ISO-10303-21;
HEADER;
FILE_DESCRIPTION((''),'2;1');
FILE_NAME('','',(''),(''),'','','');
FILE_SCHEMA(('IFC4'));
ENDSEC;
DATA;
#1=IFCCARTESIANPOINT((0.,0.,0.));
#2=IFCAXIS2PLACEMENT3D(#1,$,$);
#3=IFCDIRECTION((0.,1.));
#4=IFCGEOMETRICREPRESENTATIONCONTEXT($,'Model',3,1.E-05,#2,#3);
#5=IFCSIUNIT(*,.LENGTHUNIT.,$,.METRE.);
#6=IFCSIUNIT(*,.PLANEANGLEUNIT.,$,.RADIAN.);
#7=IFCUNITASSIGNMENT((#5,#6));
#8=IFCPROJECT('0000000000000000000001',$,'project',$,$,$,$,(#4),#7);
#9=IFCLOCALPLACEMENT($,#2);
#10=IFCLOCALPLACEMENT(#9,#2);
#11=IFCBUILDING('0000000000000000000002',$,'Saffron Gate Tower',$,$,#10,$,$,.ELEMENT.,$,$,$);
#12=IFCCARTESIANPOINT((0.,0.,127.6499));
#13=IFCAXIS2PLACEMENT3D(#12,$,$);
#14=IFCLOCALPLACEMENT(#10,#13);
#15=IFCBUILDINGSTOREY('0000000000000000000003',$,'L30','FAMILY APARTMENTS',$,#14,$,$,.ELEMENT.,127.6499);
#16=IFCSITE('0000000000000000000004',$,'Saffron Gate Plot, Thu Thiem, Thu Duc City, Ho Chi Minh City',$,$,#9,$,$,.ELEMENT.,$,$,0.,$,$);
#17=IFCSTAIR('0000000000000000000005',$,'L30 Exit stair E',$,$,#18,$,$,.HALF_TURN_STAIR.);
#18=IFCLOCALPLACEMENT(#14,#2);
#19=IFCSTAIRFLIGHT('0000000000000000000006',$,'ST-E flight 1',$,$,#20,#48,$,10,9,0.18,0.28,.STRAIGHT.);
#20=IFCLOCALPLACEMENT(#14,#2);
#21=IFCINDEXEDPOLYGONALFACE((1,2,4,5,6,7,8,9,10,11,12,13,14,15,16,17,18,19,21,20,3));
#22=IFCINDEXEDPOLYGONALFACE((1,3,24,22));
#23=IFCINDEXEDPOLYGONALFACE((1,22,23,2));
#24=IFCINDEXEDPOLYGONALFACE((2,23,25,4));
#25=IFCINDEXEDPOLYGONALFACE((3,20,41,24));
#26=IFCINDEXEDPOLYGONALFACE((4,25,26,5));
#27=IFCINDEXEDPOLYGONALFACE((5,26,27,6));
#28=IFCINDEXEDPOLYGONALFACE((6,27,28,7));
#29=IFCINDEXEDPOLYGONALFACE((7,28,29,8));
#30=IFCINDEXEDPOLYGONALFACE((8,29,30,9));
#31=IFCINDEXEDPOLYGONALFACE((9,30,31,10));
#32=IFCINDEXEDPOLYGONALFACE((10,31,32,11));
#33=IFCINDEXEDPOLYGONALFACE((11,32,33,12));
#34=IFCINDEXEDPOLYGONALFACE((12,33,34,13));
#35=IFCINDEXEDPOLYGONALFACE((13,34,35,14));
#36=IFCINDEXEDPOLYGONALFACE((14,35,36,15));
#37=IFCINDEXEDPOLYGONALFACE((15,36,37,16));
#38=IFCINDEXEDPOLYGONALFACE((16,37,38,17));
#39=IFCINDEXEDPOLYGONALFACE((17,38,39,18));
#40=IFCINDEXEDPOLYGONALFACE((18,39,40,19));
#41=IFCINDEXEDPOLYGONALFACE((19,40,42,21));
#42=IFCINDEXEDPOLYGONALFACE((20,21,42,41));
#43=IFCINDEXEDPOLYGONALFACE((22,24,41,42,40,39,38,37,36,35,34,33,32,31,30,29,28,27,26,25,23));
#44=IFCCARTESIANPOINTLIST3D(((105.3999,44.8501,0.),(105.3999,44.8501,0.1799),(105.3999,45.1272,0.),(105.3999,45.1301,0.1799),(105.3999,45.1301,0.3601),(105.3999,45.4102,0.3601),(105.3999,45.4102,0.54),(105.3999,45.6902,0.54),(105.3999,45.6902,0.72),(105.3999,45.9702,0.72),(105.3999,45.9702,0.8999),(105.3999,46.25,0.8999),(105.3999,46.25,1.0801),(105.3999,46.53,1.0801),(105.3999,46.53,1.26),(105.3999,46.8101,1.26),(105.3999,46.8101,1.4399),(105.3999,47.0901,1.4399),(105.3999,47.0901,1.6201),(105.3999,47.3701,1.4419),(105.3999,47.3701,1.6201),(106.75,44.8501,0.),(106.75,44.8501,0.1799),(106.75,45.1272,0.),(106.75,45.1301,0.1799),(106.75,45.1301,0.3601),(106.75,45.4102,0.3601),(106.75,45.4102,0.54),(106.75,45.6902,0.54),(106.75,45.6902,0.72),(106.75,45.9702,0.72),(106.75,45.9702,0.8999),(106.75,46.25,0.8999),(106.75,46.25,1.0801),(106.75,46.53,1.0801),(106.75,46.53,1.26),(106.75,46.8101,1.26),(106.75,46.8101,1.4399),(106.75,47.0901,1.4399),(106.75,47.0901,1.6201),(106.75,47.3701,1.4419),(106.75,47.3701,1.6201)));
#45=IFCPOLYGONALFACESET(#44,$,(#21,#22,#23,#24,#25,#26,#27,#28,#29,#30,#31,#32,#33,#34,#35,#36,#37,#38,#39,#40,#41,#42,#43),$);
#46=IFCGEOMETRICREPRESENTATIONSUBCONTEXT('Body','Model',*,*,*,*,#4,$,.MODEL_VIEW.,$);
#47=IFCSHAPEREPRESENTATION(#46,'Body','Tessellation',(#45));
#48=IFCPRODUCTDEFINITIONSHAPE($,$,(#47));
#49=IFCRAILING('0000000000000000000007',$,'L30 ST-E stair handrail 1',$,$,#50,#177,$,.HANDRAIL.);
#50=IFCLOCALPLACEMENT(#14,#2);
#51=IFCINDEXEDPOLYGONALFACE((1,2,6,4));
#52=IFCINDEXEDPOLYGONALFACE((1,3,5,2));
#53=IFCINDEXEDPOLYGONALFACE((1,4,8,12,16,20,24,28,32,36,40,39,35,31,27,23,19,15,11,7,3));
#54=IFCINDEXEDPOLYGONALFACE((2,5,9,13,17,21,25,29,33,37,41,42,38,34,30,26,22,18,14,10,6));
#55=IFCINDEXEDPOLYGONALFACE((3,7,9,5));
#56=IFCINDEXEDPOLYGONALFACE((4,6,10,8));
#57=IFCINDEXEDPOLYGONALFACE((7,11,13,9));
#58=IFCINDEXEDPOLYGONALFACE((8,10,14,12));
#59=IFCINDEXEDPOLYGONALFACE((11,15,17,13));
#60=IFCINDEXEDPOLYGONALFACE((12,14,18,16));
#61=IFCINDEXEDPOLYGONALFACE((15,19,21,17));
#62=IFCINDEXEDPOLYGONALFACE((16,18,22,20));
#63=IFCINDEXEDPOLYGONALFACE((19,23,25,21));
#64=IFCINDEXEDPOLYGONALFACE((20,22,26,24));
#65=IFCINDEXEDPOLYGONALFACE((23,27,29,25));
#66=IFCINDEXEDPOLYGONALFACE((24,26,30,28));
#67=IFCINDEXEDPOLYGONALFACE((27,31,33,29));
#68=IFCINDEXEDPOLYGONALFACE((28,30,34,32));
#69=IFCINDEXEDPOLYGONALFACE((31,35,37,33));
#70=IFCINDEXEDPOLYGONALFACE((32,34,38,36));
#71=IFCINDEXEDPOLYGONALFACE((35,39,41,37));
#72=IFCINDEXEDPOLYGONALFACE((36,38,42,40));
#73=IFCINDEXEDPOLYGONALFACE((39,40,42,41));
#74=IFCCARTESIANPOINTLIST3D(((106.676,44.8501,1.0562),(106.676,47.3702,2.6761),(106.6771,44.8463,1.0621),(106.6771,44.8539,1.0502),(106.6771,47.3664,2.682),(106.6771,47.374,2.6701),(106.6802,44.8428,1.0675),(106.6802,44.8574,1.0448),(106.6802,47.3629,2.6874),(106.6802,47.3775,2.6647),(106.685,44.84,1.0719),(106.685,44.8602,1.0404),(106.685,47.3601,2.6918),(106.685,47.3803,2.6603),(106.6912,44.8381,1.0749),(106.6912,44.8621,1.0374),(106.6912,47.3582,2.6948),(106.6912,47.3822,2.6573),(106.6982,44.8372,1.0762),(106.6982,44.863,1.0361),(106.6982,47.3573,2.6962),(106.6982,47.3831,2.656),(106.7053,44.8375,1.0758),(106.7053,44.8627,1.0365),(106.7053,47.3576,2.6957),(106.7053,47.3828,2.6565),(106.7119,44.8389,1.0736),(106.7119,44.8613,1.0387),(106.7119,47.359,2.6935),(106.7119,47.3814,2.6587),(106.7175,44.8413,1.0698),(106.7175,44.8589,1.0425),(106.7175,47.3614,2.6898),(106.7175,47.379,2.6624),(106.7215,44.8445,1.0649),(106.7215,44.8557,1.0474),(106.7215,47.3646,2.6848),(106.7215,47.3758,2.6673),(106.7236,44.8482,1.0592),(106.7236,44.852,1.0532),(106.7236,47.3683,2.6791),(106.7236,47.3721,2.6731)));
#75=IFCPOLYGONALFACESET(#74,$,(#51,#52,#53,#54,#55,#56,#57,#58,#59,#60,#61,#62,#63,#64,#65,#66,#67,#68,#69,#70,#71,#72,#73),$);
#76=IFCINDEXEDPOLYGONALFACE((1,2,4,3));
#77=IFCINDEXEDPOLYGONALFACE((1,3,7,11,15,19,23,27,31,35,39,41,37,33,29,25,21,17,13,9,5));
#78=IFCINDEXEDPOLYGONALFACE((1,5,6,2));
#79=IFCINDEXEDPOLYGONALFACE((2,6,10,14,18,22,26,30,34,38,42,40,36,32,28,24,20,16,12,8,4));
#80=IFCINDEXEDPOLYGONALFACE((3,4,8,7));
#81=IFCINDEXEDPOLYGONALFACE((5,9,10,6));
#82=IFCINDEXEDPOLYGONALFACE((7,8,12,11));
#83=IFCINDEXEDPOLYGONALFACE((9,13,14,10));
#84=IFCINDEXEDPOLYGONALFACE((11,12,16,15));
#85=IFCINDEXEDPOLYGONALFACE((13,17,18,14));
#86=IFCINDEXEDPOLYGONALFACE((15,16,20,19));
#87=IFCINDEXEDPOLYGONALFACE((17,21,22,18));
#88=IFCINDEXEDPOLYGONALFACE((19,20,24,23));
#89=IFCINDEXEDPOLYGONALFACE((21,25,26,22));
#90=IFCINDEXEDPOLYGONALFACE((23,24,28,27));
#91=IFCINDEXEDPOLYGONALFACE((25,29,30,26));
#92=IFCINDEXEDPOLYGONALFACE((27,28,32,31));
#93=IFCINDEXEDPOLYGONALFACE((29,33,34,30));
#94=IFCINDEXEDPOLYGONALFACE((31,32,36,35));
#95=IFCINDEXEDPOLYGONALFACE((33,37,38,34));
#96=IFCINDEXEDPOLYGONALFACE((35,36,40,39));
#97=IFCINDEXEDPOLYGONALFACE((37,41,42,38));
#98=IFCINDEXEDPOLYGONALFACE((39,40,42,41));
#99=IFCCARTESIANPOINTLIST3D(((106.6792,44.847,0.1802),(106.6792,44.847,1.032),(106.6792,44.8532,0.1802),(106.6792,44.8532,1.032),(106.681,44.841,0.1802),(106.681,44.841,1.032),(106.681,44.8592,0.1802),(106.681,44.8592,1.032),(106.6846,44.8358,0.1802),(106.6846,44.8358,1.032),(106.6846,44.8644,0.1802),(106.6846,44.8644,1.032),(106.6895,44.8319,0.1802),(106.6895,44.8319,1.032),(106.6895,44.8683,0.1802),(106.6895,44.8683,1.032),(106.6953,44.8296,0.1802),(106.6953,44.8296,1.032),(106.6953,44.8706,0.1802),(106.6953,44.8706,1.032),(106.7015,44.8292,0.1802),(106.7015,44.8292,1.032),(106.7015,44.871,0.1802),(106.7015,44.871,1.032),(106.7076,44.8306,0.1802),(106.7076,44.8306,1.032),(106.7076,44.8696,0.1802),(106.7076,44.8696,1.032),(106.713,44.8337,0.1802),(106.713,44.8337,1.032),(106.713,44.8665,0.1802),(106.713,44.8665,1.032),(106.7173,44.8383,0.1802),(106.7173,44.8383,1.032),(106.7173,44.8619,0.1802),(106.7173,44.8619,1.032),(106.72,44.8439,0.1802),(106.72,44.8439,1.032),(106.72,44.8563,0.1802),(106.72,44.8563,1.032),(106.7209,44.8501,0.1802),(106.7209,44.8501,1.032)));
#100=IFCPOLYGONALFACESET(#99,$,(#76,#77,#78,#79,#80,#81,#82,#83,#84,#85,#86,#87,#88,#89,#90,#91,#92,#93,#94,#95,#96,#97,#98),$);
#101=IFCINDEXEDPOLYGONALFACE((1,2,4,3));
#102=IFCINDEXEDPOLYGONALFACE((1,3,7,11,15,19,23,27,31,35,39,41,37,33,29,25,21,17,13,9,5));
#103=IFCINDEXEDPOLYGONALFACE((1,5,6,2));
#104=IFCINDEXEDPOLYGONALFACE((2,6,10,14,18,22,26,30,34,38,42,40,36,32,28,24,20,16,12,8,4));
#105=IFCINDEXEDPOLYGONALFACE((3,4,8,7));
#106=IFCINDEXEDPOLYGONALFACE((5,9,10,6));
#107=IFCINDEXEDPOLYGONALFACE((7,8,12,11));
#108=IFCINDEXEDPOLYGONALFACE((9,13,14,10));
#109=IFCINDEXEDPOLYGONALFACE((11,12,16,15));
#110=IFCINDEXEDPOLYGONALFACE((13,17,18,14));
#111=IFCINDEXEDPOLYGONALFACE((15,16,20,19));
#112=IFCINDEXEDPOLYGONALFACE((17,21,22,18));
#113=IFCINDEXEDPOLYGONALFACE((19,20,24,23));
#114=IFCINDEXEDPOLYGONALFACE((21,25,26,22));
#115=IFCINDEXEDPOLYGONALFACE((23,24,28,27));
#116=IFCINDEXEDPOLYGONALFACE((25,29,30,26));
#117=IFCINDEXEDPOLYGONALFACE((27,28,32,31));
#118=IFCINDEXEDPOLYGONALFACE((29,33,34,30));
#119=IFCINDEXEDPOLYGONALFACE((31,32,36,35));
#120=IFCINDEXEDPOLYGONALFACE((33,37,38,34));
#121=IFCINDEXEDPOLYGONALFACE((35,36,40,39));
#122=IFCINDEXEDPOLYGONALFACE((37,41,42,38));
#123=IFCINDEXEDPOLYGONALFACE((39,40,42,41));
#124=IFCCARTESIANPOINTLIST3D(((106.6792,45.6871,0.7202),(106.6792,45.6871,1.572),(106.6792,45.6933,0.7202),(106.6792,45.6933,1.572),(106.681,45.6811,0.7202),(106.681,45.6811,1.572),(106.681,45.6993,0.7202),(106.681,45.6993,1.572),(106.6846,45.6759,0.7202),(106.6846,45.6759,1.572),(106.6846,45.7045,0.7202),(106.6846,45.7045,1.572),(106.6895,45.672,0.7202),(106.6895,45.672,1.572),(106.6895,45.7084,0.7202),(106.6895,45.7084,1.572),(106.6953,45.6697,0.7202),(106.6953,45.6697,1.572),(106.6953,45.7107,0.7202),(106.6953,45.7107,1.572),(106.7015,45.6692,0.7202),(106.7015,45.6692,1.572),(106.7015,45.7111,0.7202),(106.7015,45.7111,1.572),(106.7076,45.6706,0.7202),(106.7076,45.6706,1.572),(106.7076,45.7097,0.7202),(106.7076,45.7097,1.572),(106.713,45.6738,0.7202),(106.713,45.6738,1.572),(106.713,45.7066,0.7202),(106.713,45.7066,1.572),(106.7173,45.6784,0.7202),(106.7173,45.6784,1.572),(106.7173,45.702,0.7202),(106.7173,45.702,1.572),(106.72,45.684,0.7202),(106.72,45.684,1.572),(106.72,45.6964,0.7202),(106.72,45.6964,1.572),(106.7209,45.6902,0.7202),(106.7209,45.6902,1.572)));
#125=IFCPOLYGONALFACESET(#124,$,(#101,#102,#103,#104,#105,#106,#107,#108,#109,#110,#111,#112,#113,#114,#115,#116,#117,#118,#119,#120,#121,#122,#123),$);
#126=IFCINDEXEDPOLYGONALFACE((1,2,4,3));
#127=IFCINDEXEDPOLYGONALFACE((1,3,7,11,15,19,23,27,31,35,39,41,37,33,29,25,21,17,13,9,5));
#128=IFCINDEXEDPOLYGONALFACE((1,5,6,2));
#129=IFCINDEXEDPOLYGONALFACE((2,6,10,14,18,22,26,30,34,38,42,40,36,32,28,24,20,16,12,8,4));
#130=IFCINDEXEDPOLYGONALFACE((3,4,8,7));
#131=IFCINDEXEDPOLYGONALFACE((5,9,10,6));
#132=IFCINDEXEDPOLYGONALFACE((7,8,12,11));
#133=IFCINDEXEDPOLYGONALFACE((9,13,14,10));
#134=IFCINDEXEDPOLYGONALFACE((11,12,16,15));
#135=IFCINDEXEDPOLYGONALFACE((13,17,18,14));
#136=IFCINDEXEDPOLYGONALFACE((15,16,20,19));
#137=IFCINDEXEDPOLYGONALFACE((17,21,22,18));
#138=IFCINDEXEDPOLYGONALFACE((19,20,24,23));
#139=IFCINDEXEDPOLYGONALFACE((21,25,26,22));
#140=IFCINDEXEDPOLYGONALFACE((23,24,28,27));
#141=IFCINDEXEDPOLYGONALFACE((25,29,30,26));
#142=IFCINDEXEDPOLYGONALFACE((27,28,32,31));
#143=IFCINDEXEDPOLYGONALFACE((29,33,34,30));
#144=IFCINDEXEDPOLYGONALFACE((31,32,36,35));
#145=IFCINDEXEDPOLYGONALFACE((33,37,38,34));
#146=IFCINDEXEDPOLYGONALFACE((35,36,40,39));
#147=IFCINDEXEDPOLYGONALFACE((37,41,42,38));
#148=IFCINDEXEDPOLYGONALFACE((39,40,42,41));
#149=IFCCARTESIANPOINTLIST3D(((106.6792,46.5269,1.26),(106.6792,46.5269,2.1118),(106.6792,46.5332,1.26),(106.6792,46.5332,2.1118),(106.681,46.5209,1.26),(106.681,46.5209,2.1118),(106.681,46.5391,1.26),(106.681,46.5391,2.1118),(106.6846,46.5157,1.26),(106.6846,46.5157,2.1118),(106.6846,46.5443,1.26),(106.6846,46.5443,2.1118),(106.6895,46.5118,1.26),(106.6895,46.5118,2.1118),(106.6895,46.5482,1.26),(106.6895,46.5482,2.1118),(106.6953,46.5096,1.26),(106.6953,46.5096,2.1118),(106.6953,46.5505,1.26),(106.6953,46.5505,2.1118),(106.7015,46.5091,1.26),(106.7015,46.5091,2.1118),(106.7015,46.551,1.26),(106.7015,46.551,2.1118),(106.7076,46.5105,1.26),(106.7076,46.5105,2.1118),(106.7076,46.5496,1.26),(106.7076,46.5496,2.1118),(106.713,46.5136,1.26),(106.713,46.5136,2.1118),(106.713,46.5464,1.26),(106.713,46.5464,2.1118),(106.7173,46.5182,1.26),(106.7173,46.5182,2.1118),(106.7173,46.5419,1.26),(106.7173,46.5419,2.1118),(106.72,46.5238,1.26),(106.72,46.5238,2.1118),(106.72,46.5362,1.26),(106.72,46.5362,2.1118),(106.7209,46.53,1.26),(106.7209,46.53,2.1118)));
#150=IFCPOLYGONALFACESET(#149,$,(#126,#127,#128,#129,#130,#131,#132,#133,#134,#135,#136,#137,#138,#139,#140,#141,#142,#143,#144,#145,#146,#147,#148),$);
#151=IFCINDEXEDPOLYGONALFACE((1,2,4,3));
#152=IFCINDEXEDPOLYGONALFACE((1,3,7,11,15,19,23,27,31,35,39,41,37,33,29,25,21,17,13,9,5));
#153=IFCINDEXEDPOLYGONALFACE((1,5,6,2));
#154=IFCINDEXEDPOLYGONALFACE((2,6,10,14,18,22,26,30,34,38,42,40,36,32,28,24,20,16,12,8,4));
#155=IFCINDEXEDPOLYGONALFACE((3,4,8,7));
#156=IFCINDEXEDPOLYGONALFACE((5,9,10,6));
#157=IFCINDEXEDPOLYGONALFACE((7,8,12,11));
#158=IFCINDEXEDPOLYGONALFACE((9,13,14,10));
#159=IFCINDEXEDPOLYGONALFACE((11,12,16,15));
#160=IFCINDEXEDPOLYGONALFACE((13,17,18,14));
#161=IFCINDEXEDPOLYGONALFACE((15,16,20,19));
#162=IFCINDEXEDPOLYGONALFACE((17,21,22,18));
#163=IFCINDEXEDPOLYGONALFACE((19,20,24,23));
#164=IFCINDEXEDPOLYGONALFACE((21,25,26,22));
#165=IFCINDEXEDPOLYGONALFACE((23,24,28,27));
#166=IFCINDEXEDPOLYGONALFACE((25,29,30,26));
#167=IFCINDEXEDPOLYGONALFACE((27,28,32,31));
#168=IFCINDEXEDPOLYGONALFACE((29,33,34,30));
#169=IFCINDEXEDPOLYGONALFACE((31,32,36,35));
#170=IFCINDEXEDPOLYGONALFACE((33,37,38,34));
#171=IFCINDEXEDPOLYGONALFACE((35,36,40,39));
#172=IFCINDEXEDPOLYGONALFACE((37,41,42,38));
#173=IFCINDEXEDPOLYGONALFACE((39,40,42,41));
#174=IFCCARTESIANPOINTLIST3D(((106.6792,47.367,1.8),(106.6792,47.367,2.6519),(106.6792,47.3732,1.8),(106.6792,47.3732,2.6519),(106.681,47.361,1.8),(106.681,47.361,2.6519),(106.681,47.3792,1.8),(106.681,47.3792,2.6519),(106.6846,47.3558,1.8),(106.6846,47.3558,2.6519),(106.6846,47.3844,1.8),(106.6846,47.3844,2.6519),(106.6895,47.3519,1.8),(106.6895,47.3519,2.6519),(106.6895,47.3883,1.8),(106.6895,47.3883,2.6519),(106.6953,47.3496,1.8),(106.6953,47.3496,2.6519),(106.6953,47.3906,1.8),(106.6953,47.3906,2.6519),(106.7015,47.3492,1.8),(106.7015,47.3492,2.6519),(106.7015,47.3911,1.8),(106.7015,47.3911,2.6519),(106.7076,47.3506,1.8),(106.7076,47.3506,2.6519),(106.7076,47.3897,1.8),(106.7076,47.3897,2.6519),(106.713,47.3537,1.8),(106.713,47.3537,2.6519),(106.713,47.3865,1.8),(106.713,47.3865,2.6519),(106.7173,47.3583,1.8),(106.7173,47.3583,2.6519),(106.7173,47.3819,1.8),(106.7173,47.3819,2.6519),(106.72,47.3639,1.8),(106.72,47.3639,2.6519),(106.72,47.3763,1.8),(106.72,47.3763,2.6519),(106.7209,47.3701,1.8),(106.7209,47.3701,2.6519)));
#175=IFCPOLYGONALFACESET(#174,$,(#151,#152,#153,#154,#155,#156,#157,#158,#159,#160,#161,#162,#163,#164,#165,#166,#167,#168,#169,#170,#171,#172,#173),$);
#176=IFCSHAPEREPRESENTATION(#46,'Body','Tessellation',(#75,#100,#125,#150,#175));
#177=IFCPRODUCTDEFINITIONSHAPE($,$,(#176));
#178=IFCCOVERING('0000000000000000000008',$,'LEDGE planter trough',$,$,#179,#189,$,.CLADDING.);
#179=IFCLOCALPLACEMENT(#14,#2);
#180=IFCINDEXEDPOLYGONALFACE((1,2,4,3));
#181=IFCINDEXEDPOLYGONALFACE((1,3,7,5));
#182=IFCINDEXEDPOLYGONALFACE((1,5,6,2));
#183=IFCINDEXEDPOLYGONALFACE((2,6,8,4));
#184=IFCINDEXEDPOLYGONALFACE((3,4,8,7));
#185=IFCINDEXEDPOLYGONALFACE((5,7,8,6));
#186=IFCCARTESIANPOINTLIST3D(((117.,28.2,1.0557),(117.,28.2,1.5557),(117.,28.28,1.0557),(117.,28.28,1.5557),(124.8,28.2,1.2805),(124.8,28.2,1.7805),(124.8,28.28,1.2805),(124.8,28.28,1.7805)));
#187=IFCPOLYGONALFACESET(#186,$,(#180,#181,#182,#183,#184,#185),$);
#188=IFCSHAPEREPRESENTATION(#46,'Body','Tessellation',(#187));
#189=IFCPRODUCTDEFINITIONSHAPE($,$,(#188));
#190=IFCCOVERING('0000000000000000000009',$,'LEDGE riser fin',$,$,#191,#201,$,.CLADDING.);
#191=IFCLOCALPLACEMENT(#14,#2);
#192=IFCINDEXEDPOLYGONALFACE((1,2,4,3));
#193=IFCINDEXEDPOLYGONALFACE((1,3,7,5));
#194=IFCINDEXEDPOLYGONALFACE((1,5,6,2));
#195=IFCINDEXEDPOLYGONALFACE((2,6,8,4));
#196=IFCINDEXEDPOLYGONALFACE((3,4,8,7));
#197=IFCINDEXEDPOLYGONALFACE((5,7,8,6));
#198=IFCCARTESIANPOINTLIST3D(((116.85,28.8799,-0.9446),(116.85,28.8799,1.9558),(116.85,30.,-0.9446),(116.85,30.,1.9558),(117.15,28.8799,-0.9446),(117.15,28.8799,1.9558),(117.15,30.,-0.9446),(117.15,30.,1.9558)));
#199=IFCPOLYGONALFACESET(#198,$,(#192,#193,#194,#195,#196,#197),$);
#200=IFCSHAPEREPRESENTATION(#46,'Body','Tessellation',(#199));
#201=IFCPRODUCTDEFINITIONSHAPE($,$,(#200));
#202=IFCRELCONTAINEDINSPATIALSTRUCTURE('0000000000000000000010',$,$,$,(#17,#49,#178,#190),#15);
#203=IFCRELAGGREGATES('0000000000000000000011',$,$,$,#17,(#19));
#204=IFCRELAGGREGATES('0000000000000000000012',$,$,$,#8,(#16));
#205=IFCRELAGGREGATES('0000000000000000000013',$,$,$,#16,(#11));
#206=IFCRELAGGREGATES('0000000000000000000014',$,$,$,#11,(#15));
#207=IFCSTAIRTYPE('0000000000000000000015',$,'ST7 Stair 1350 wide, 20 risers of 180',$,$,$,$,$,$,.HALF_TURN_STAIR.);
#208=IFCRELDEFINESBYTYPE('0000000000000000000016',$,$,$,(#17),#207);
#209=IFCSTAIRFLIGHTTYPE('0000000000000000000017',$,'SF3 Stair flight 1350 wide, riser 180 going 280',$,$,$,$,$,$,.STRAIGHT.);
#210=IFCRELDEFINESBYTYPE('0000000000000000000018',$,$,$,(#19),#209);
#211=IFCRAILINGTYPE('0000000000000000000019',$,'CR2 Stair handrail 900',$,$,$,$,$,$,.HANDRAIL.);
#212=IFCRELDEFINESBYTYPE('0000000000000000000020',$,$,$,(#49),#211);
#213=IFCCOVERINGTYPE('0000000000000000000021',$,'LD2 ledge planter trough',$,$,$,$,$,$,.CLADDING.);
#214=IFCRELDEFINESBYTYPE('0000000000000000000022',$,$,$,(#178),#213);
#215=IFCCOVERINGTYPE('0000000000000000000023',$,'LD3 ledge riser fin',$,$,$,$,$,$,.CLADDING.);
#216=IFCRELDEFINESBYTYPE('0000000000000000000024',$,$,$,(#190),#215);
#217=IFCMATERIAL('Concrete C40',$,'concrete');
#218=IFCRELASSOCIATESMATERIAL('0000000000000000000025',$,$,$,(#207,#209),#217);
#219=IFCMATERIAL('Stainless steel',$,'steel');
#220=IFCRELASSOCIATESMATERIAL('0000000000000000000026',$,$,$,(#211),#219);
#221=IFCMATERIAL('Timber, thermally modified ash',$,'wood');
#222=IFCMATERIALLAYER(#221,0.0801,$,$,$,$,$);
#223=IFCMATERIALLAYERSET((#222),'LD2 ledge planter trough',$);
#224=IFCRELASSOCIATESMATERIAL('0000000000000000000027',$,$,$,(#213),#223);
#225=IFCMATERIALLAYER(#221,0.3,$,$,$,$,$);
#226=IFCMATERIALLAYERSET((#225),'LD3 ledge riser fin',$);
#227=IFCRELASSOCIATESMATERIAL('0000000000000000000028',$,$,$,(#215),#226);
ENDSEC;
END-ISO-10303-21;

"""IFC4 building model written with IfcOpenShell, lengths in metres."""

from ifc_helpers import new_model, si_unit, direction, frame, origin, origin_2d, place, context, subcontext, project, spatial, polyline, rectangle, circle, outline, extrude, material, layer, layer_set, type_object, element, aggregate, save


model = new_model("IFC4")

# Units and contexts
model_context = context("Model", 3, precision=1e-05, world=origin(), true_north=direction((0.0, 1.0)))
body_context = subcontext(model_context, "Body", "Model", "MODEL_VIEW")
ifc_project = project(units=[si_unit("LENGTHUNIT", "METRE"), si_unit("PLANEANGLEUNIT", "RADIAN")], contexts=[model_context])

# Site, building, storey
site_placement = place(None, origin())
site = spatial("IfcSite", under=ifc_project, at=site_placement, Name="Saffron Gate Plot, Thu Thiem, Thu Duc City, Ho Chi Minh City", CompositionType="ELEMENT", RefElevation=0.0)
building_placement = place(site_placement, origin())
building = spatial("IfcBuilding", under=site, at=building_placement, Name="Saffron Gate Tower", CompositionType="ELEMENT")
storey_placement = place(building_placement, frame((0.0, 0.0, 127.6499)))
storey = spatial("IfcBuildingStorey", under=building, at=storey_placement, Name="L30", Description="FAMILY APARTMENTS", CompositionType="ELEMENT", Elevation=127.6499)

# Stair, stair flight
ifc_material_1 = material(Name="Concrete C40", Category="concrete")
stair_type = type_object("IfcStairType", Name="ST7 Stair 1350 wide, 20 risers of 180", PredefinedType="HALF_TURN_STAIR", material=ifc_material_1)
stair_placement = place(storey_placement, origin())
stair = element("IfcStair", 1, at=stair_placement, inside=storey, type_object=stair_type, Name="L30 Exit stair E", PredefinedType="HALF_TURN_STAIR")
stair_flight_type = type_object("IfcStairFlightType", Name="SF3 Stair flight 1350 wide, riser 180 going 280", PredefinedType="STRAIGHT", material=ifc_material_1)
stair_flight_placement = place(storey_placement, frame((106.075, 44.8501, 0.0), z_axis=(0.0, 0.0, 1.0), x_axis=(0.0, 1.0, 0.0)))
stair_flight = element("IfcStairFlight", 2, at=stair_flight_placement, type_object=stair_flight_type, Name="ST-E flight 1", NumberOfRisers=10, NumberOfTreads=9, PredefinedType="STRAIGHT", RiserHeight=0.18, TreadLength=0.28, context=body_context, shape_type="SweptSolid", body=[
    extrude(outline(polyline([(0.0, 0.0), (0.0, 0.1799), (0.28, 0.1799), (0.28, 0.3601), (0.5601, 0.3601), (0.5601, 0.54), (0.8401, 0.54), (0.8401, 0.72), (1.1201, 0.72), (1.1201, 0.8999), (1.3999, 0.8999), (1.3999, 1.0801), (1.6799, 1.0801), (1.6799, 1.26), (1.96, 1.26), (1.96, 1.4399), (2.24, 1.4399), (2.24, 1.6201), (2.52, 1.6201), (2.52, 1.8), (2.52, 1.4419), (0.2771, 0.0), (0.0, 0.0)])), frame((0.0, 0.675, 0.0), z_axis=(0.0, -1.0, 0.0), x_axis=(1.0, 0.0, 0.0)), (0.0, 0.0, 1.0), 1.3501),
])
aggregate(stair, [stair_flight])

# Railing
ifc_material_2 = material(Name="Stainless steel", Category="steel")
railing_type_1 = type_object("IfcRailingType", Name="CR2 Stair handrail 900", PredefinedType="HANDRAIL", material=ifc_material_2)
railing_1_placement = place(storey_placement, frame((106.7, 44.8501, 0.1802)))
element("IfcRailing", 3, at=railing_1_placement, inside=storey, type_object=railing_type_1, Name="L30 ST-E stair handrail 1", PredefinedType="HANDRAIL", context=body_context, shape_type="SweptSolid", body=[
    extrude(circle(Radius=0.0239, at=origin_2d()), frame((0.0, 0.0, 0.876), z_axis=(0.0, 0.8412, 0.540725), x_axis=(-1.0, 0.0, 0.0)), (0.0, 0.0, 1.0), 2.9958),
    extrude(circle(Radius=0.021, at=origin_2d()), origin(), (0.0, 0.0, 1.0), 0.8518),
    extrude(circle(Radius=0.021, at=origin_2d()), frame((0.0, 0.8401, 0.54)), (0.0, 0.0, 1.0), 0.8518),
    extrude(circle(Radius=0.021, at=origin_2d()), frame((0.0, 1.6799, 1.0798)), (0.0, 0.0, 1.0), 0.8518),
    extrude(circle(Radius=0.021, at=origin_2d()), frame((0.0, 2.52, 1.6199)), (0.0, 0.0, 1.0), 0.8518),
])

# Coverings
ifc_material_3 = material(Name="Timber, thermally modified ash", Category="wood")
ifc_layer_1 = layer(ifc_material_3, 0.0801)
ifc_layer_set_1 = layer_set([ifc_layer_1], Name="LD2 ledge planter trough")
covering_type_1 = type_object("IfcCoveringType", Name="LD2 ledge planter trough", PredefinedType="CLADDING", material=ifc_layer_set_1)
covering_1_placement = place(storey_placement, frame((117.0, 28.2, 1.0557), z_axis=(0.0, -1.0, 0.0), x_axis=(0.999585, 0.0, 0.028815)))
element("IfcCovering", 4, at=covering_1_placement, inside=storey, type_object=covering_type_1, Name="LEDGE planter trough", PredefinedType="CLADDING", context=body_context, shape_type="SweptSolid", body=[
    extrude(outline(polyline([(0.0, 0.0), (7.8033, 0.0), (7.8177, 0.4998), (0.0144, 0.4998), (0.0, 0.0)])), origin(), (0.0, 0.0, -1.0), 0.0801),
])
ifc_layer_2 = layer(ifc_material_3, 0.3)
ifc_layer_set_2 = layer_set([ifc_layer_2], Name="LD3 ledge riser fin")
covering_type_2 = type_object("IfcCoveringType", Name="LD3 ledge riser fin", PredefinedType="CLADDING", material=ifc_layer_set_2)
covering_2_placement = place(storey_placement, frame((117.0, 29.4399, -0.9446), z_axis=(0.0, 0.0, 1.0), x_axis=(1.0, 0.0, 0.0)))
element("IfcCovering", 5, at=covering_2_placement, inside=storey, type_object=covering_type_2, Name="LEDGE riser fin", PredefinedType="CLADDING", context=body_context, shape_type="SweptSolid", body=[
    extrude(rectangle(XDim=0.3, YDim=1.1201, at=origin_2d()), origin(), (0.0, 0.0, 1.0), 2.9004),
])

save(model, "model.ifc")
